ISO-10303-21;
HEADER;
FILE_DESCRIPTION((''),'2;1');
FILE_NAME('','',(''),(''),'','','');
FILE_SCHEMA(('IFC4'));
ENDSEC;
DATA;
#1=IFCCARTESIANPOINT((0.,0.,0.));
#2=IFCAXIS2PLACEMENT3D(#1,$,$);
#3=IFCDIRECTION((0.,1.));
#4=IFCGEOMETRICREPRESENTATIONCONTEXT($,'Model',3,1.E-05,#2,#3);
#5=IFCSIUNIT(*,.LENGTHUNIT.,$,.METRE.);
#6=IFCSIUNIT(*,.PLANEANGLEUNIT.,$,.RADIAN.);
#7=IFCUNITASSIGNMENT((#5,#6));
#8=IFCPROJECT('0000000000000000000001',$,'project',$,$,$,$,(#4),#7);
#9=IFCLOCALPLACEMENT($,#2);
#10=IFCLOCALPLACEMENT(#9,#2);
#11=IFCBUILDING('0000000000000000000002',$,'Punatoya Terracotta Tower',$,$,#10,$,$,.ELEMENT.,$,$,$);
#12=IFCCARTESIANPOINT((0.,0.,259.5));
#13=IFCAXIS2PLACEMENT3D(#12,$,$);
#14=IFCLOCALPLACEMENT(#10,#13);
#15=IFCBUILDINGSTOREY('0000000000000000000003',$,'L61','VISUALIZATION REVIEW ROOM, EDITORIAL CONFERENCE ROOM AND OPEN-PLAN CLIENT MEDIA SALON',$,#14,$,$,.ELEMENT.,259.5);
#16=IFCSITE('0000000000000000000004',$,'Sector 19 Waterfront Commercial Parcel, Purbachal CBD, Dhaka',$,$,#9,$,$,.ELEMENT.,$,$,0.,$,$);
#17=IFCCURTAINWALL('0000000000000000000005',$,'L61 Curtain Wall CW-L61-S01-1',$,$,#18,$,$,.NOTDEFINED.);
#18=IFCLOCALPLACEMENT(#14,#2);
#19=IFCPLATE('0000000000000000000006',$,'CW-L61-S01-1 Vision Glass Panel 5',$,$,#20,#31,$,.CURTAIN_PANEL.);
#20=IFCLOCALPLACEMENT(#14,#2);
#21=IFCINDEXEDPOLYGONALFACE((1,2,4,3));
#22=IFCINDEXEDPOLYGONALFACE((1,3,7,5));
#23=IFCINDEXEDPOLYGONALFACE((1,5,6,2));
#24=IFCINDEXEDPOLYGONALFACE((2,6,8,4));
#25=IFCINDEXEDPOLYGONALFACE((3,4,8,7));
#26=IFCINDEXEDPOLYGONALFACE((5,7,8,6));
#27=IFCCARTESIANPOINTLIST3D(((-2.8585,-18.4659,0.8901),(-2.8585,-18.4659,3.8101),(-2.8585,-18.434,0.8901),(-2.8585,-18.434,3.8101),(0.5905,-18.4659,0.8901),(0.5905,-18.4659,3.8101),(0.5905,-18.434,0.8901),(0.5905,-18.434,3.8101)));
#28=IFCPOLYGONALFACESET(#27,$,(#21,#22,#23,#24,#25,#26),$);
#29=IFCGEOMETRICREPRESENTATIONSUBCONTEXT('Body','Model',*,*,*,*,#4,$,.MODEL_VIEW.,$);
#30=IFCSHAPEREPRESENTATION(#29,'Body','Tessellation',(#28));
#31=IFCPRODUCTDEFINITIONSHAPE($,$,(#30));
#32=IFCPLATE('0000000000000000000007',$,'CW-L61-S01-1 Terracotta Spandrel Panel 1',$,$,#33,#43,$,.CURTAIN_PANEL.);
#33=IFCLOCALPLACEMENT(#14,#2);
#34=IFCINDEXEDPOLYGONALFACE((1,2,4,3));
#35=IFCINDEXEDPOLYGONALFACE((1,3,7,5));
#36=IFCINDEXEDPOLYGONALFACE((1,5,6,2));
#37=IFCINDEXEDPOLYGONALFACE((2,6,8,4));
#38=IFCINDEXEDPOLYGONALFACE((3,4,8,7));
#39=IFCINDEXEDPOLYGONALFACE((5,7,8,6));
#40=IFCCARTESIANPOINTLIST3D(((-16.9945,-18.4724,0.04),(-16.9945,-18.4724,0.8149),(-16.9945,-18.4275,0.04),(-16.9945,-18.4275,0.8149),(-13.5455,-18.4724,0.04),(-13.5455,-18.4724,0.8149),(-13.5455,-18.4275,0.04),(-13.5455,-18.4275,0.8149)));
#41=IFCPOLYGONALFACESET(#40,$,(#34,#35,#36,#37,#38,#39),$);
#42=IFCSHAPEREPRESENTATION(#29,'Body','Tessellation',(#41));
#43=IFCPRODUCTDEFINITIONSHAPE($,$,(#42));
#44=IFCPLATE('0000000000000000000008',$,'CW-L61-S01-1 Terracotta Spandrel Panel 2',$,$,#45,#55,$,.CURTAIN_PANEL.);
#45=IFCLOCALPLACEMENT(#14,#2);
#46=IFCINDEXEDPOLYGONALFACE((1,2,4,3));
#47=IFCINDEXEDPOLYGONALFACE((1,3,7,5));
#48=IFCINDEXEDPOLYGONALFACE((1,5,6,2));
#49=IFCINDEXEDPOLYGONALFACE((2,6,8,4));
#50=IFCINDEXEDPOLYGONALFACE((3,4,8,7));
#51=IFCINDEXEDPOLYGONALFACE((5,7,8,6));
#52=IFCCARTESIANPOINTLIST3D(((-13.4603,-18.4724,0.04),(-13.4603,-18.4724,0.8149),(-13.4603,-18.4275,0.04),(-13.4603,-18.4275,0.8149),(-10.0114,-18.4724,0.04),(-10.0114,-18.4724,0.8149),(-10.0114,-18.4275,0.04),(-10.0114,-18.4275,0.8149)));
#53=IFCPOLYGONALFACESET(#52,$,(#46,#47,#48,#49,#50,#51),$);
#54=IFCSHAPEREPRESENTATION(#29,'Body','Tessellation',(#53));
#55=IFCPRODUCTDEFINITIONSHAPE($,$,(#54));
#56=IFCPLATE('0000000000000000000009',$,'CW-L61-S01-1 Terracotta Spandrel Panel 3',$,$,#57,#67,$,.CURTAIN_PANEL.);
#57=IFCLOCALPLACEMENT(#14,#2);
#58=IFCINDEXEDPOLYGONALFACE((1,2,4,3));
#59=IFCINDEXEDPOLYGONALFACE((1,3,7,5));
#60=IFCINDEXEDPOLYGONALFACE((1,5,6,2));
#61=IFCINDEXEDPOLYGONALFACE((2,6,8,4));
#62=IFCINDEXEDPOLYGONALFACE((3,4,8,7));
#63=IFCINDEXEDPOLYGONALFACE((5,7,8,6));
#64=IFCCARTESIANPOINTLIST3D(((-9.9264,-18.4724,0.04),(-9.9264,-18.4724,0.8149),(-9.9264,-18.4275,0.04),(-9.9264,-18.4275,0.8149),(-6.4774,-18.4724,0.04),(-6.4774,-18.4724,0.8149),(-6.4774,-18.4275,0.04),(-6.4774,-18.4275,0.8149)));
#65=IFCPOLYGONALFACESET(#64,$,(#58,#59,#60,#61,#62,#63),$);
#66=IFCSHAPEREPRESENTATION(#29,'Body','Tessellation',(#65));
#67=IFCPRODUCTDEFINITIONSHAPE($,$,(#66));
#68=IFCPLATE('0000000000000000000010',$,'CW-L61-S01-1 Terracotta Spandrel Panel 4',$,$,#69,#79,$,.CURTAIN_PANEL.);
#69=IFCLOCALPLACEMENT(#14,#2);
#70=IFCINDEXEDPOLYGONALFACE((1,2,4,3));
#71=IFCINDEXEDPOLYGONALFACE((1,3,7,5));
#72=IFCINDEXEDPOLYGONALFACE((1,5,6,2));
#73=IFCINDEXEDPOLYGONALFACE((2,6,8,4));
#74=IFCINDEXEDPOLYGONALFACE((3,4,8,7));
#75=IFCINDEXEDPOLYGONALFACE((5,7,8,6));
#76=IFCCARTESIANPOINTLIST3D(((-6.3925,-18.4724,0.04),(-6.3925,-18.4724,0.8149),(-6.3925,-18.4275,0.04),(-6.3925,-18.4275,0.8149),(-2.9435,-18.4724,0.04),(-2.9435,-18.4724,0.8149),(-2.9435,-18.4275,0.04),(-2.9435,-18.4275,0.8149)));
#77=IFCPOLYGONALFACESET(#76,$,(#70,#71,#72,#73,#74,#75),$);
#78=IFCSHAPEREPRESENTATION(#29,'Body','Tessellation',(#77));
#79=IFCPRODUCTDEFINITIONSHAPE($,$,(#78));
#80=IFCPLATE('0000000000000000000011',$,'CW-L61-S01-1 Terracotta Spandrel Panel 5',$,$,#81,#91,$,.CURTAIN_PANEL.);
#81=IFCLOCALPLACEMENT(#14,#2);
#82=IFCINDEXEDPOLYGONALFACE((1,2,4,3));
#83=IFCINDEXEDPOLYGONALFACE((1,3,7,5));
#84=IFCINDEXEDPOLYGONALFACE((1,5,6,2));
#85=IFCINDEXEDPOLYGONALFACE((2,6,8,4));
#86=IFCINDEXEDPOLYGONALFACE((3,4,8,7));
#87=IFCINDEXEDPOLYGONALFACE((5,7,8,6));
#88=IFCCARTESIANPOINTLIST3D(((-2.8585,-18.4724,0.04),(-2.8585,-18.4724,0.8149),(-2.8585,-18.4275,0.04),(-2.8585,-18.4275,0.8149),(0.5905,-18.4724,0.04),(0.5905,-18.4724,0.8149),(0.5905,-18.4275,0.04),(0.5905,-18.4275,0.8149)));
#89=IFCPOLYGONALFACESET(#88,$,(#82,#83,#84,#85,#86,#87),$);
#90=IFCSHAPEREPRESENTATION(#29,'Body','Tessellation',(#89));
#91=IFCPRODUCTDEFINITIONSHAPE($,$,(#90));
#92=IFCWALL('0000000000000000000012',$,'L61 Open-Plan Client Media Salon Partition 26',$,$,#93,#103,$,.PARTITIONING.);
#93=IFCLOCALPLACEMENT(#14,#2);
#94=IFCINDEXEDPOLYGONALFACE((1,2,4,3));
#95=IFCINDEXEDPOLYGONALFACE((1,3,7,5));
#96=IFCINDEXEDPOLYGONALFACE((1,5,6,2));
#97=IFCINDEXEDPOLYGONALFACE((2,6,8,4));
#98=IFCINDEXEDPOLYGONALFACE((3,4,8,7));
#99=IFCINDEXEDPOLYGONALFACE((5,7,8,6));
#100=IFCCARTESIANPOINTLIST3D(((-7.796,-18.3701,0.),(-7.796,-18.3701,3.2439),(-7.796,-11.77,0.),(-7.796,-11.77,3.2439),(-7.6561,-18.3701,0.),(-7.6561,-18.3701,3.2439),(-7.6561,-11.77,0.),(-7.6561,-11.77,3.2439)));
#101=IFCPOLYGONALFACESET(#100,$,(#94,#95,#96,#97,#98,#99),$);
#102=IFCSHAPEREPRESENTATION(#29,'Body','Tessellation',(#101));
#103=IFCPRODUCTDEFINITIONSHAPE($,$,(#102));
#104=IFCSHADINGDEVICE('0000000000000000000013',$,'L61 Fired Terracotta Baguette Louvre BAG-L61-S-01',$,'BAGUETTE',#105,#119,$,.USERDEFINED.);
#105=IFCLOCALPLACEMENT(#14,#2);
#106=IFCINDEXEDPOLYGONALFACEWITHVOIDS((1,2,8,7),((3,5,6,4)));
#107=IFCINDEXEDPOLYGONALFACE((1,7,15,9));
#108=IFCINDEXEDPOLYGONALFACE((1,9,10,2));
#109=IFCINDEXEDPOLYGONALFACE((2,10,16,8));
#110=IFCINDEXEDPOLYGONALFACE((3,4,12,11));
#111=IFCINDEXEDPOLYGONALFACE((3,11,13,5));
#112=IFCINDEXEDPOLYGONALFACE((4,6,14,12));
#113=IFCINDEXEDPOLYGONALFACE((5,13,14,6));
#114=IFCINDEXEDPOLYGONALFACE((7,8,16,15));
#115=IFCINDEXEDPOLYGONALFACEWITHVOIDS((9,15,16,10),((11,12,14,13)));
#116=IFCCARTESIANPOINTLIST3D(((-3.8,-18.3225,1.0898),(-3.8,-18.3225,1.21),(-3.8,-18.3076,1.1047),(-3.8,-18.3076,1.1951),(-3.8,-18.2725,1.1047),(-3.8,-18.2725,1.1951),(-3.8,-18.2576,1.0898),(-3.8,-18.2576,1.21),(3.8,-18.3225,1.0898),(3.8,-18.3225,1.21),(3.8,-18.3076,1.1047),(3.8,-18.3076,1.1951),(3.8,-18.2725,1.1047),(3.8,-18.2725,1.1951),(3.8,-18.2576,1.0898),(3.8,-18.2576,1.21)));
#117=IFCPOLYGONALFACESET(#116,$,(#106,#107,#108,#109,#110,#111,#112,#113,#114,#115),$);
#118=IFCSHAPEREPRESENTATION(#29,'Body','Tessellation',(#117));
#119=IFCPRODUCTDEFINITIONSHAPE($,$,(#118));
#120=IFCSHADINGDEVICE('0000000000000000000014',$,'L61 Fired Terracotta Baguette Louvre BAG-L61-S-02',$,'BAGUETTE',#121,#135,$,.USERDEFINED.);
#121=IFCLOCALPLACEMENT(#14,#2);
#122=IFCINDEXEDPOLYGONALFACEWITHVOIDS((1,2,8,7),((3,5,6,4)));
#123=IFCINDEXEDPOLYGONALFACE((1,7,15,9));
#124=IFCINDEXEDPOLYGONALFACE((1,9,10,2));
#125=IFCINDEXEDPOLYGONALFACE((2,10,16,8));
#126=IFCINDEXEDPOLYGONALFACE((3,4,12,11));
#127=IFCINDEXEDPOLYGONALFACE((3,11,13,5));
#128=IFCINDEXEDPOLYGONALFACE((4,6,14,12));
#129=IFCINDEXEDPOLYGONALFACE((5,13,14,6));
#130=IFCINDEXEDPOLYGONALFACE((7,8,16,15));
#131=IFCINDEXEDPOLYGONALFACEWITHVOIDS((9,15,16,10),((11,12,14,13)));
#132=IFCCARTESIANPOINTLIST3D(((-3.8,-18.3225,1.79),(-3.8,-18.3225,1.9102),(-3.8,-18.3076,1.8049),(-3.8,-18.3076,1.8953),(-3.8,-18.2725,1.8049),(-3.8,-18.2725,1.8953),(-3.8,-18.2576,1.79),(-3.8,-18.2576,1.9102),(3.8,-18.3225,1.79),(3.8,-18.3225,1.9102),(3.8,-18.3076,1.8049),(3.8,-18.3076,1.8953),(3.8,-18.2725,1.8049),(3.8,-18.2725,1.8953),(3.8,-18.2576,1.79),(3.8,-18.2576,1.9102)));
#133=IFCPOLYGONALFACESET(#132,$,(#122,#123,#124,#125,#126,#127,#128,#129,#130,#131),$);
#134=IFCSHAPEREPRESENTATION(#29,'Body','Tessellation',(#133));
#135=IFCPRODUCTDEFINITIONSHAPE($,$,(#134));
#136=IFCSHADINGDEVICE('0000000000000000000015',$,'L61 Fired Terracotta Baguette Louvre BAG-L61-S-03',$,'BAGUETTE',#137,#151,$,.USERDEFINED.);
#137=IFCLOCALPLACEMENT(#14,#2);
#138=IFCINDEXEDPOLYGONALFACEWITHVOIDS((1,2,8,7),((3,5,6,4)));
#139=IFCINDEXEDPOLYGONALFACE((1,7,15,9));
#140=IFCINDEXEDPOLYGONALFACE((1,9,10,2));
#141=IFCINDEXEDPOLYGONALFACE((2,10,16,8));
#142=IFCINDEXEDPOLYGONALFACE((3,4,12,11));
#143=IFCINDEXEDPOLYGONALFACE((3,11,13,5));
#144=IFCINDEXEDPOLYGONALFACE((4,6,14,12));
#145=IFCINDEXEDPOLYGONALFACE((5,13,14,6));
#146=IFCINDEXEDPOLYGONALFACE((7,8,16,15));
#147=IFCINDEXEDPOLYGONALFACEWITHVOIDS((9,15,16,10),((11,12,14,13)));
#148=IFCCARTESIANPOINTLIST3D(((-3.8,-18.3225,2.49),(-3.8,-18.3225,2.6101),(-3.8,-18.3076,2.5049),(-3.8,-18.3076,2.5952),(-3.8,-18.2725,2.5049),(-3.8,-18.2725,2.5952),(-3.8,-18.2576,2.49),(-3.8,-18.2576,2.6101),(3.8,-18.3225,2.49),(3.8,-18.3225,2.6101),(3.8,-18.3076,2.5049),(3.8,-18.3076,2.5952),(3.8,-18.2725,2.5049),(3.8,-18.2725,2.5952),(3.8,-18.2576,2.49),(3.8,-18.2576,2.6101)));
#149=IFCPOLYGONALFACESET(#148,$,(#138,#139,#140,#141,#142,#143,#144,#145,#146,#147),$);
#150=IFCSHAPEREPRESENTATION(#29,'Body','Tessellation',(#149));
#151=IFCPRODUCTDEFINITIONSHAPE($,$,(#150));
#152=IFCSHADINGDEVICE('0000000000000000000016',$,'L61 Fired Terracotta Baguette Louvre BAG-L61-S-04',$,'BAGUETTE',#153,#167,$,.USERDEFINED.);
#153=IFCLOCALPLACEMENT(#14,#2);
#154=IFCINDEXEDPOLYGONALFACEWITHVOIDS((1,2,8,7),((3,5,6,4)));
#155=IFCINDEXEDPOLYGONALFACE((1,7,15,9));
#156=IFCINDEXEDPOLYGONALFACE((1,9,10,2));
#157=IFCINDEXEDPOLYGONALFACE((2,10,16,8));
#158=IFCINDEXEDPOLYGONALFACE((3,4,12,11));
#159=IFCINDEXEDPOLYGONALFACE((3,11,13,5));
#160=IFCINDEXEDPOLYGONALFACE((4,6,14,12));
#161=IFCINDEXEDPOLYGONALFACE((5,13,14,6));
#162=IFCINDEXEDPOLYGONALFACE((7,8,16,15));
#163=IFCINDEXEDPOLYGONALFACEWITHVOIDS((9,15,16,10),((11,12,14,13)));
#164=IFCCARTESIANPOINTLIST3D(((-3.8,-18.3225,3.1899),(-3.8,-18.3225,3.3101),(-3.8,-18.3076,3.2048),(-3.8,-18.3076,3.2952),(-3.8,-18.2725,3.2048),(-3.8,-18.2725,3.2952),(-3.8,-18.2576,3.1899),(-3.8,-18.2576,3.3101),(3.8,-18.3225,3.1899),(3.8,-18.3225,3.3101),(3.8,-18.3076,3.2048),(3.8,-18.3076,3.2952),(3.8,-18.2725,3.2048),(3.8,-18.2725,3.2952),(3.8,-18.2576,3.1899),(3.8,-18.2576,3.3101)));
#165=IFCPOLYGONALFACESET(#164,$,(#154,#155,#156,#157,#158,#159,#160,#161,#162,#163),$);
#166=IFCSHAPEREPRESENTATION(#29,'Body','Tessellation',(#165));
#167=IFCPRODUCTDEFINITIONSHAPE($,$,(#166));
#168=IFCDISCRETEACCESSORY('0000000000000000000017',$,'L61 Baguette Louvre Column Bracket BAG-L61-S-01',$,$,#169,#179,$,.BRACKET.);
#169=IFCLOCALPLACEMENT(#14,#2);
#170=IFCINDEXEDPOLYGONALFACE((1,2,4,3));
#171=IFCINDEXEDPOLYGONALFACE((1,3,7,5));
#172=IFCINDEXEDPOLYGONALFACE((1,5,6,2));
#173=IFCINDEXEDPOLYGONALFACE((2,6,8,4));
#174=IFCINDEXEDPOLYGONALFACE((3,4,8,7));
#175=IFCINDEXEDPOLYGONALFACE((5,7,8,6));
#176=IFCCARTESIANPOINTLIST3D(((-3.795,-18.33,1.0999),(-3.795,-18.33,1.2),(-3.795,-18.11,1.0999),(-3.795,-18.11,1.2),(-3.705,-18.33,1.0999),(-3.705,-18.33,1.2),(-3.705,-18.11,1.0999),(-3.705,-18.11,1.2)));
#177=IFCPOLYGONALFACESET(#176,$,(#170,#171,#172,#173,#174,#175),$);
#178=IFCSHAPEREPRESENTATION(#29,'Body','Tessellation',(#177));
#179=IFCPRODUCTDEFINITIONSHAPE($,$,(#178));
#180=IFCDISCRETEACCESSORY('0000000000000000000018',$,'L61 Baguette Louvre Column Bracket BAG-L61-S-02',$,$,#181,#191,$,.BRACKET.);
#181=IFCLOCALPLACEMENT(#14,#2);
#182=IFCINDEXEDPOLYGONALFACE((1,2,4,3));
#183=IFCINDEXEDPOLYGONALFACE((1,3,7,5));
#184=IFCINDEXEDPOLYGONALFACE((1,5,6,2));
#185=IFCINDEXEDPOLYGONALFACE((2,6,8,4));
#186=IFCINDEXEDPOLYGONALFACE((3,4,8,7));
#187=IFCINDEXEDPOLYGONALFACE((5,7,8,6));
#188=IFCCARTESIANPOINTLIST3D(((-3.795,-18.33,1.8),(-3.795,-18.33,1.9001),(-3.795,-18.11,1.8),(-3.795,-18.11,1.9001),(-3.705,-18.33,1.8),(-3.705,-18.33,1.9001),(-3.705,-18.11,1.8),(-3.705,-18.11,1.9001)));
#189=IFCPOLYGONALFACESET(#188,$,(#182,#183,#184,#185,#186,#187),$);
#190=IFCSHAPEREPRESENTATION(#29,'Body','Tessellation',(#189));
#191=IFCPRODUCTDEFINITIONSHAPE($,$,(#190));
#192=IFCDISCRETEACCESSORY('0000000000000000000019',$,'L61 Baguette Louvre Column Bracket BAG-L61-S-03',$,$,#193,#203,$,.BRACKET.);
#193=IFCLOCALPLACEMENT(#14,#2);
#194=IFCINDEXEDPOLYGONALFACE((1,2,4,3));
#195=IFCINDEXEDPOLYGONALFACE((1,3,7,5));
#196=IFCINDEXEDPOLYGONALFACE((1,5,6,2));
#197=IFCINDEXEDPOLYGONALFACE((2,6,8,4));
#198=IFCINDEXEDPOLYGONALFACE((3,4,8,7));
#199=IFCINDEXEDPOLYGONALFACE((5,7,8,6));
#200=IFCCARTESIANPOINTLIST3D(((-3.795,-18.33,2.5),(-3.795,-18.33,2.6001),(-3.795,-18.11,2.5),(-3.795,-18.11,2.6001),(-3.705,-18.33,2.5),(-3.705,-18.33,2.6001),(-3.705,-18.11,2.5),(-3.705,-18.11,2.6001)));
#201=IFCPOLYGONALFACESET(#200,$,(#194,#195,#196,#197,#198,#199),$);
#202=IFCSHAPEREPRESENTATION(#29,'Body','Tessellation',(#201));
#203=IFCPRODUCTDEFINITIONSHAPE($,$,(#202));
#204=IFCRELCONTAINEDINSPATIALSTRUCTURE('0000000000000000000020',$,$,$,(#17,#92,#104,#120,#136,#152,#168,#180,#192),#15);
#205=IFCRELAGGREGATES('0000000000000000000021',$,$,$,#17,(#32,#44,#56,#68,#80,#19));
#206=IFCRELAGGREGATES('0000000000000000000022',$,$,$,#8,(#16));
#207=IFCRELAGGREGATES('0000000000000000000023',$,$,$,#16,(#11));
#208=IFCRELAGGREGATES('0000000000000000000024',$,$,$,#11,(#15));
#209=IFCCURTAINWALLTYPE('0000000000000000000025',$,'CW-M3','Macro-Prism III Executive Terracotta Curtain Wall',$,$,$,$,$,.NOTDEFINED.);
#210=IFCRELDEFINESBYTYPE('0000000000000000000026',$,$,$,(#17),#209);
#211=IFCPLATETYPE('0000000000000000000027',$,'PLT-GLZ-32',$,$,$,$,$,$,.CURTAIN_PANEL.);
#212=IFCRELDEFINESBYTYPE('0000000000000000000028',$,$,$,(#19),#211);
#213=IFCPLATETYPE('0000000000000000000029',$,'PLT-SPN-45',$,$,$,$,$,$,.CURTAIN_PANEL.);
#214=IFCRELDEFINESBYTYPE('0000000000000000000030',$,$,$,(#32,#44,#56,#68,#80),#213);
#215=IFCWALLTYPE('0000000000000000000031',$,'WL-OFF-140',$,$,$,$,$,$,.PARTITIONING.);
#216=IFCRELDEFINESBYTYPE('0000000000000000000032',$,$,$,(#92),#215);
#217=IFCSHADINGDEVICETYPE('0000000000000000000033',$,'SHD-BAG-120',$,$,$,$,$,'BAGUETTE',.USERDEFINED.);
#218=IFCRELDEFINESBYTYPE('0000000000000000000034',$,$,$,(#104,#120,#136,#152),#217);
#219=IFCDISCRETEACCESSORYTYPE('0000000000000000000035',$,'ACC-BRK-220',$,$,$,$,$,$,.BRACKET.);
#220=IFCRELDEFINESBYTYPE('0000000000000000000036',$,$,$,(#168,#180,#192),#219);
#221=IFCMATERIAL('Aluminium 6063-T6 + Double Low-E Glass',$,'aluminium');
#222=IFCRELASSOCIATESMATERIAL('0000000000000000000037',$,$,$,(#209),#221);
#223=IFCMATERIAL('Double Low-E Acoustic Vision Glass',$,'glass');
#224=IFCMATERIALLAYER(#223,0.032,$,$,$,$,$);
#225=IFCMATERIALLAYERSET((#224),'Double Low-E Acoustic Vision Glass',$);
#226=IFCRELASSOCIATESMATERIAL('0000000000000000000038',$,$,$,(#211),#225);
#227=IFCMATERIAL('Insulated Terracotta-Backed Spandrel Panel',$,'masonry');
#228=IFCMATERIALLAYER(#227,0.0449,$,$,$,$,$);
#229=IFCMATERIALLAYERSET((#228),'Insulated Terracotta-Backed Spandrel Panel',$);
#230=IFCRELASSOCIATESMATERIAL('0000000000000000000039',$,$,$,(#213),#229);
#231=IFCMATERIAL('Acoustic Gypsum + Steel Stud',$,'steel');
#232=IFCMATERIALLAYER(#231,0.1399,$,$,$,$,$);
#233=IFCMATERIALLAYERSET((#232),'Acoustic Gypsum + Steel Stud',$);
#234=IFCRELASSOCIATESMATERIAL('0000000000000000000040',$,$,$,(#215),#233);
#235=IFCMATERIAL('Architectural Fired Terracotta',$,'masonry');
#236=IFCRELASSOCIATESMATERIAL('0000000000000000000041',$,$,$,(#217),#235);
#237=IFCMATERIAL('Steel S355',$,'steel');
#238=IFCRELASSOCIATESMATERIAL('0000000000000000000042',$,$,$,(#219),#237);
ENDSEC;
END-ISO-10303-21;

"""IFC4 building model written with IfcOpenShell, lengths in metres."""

from ifc_helpers import new_model, si_unit, direction, frame, frame_2d, origin, origin_2d, place, context, subcontext, project, spatial, rectangle, hollow_rectangle, extrude, material, layer, layer_set, material_profile, profile_set, type_object, element, aggregate, save


model = new_model("IFC4")

# Units and contexts
model_context = context("Model", 3, precision=1e-05, world=origin(), true_north=direction((0.0, 1.0)))
body_context = subcontext(model_context, "Body", "Model", "MODEL_VIEW")
ifc_project = project(units=[si_unit("LENGTHUNIT", "METRE"), si_unit("PLANEANGLEUNIT", "RADIAN")], contexts=[model_context])

# Site, building, storey
site_placement = place(None, origin())
site = spatial("IfcSite", under=ifc_project, at=site_placement, Name="Sector 19 Waterfront Commercial Parcel, Purbachal CBD, Dhaka", CompositionType="ELEMENT", RefElevation=0.0)
building_placement = place(site_placement, origin())
building = spatial("IfcBuilding", under=site, at=building_placement, Name="Punatoya Terracotta Tower", CompositionType="ELEMENT")
storey_placement = place(building_placement, frame((0.0, 0.0, 259.5)))
storey = spatial("IfcBuildingStorey", under=building, at=storey_placement, Name="L61", Description="VISUALIZATION REVIEW ROOM, EDITORIAL CONFERENCE ROOM AND OPEN-PLAN CLIENT MEDIA SALON", CompositionType="ELEMENT", Elevation=259.5)

# Curtain wall, plates
ifc_material_1 = material(Name="Aluminium 6063-T6 + Double Low-E Glass", Category="aluminium")
curtain_wall_type = type_object("IfcCurtainWallType", Name="CW-M3", Description="Macro-Prism III Executive Terracotta Curtain Wall", PredefinedType="NOTDEFINED", material=ifc_material_1)
curtain_wall_placement = place(storey_placement, origin())
curtain_wall = element("IfcCurtainWall", 1, at=curtain_wall_placement, inside=storey, type_object=curtain_wall_type, Name="L61 Curtain Wall CW-L61-S01-1", PredefinedType="NOTDEFINED")
ifc_material_2 = material(Name="Double Low-E Acoustic Vision Glass", Category="glass")
ifc_layer_1 = layer(ifc_material_2, 0.032)
ifc_layer_set_1 = layer_set([ifc_layer_1], Name="Double Low-E Acoustic Vision Glass")
plate_type_1 = type_object("IfcPlateType", Name="PLT-GLZ-32", PredefinedType="CURTAIN_PANEL", material=ifc_layer_set_1)
plate_1_placement = place(storey_placement, frame((-1.134, -18.45, 0.8901), z_axis=(0.0, 0.0, 1.0), x_axis=(1.0, 0.0, 0.0)))
plate_1 = element("IfcPlate", 2, at=plate_1_placement, type_object=plate_type_1, Name="CW-L61-S01-1 Vision Glass Panel 5", PredefinedType="CURTAIN_PANEL", context=body_context, shape_type="SweptSolid", body=[
    extrude(rectangle(XDim=3.449, YDim=0.032, at=origin_2d()), origin(), (0.0, 0.0, 1.0), 2.9199),
])
ifc_material_3 = material(Name="Insulated Terracotta-Backed Spandrel Panel", Category="masonry")
ifc_layer_2 = layer(ifc_material_3, 0.0449)
ifc_layer_set_2 = layer_set([ifc_layer_2], Name="Insulated Terracotta-Backed Spandrel Panel")
plate_type_2 = type_object("IfcPlateType", Name="PLT-SPN-45", PredefinedType="CURTAIN_PANEL", material=ifc_layer_set_2)
plate_2_placement = place(storey_placement, frame((-15.27, -18.45, 0.04), z_axis=(0.0, 0.0, 1.0), x_axis=(1.0, 0.0, 0.0)))
plate_2 = element("IfcPlate", 3, at=plate_2_placement, type_object=plate_type_2, Name="CW-L61-S01-1 Terracotta Spandrel Panel 1", PredefinedType="CURTAIN_PANEL", context=body_context, shape_type="SweptSolid", body=[
    extrude(rectangle(XDim=3.449, YDim=0.0449, at=origin_2d()), origin(), (0.0, 0.0, 1.0), 0.7749),
])
plate_3_placement = place(storey_placement, frame((-11.7358, -18.45, 0.04), z_axis=(0.0, 0.0, 1.0), x_axis=(1.0, 0.0, 0.0)))
plate_3 = element("IfcPlate", 4, at=plate_3_placement, type_object=plate_type_2, Name="CW-L61-S01-1 Terracotta Spandrel Panel 2", PredefinedType="CURTAIN_PANEL", context=body_context, shape_type="SweptSolid", body=[
    extrude(rectangle(XDim=3.449, YDim=0.0449, at=origin_2d()), origin(), (0.0, 0.0, 1.0), 0.7749),
])
plate_4_placement = place(storey_placement, frame((-8.2019, -18.45, 0.04), z_axis=(0.0, 0.0, 1.0), x_axis=(1.0, 0.0, 0.0)))
plate_4 = element("IfcPlate", 5, at=plate_4_placement, type_object=plate_type_2, Name="CW-L61-S01-1 Terracotta Spandrel Panel 3", PredefinedType="CURTAIN_PANEL", context=body_context, shape_type="SweptSolid", body=[
    extrude(rectangle(XDim=3.449, YDim=0.0449, at=origin_2d()), origin(), (0.0, 0.0, 1.0), 0.7749),
])
plate_5_placement = place(storey_placement, frame((-4.668, -18.45, 0.04), z_axis=(0.0, 0.0, 1.0), x_axis=(1.0, 0.0, 0.0)))
plate_5 = element("IfcPlate", 6, at=plate_5_placement, type_object=plate_type_2, Name="CW-L61-S01-1 Terracotta Spandrel Panel 4", PredefinedType="CURTAIN_PANEL", context=body_context, shape_type="SweptSolid", body=[
    extrude(rectangle(XDim=3.449, YDim=0.0449, at=origin_2d()), origin(), (0.0, 0.0, 1.0), 0.7749),
])
plate_6_placement = place(storey_placement, frame((-1.134, -18.45, 0.04), z_axis=(0.0, 0.0, 1.0), x_axis=(1.0, 0.0, 0.0)))
plate_6 = element("IfcPlate", 7, at=plate_6_placement, type_object=plate_type_2, Name="CW-L61-S01-1 Terracotta Spandrel Panel 5", PredefinedType="CURTAIN_PANEL", context=body_context, shape_type="SweptSolid", body=[
    extrude(rectangle(XDim=3.449, YDim=0.0449, at=origin_2d()), origin(), (0.0, 0.0, 1.0), 0.7749),
])
aggregate(curtain_wall, [plate_2, plate_3, plate_4, plate_5, plate_6, plate_1])

# Wall
ifc_material_4 = material(Name="Acoustic Gypsum + Steel Stud", Category="steel")
ifc_layer_3 = layer(ifc_material_4, 0.1399)
ifc_layer_set_3 = layer_set([ifc_layer_3], Name="Acoustic Gypsum + Steel Stud")
wall_type = type_object("IfcWallType", Name="WL-OFF-140", PredefinedType="PARTITIONING", material=ifc_layer_set_3)
wall_placement = place(storey_placement, frame((-7.7261, -18.3701, 0.0), z_axis=(0.0, 0.0, 1.0), x_axis=(0.0, 1.0, 0.0)))
element("IfcWall", 8, at=wall_placement, inside=storey, type_object=wall_type, Name="L61 Open-Plan Client Media Salon Partition 26", PredefinedType="PARTITIONING", context=body_context, shape_type="SweptSolid", body=[
    extrude(rectangle(XDim=6.6001, YDim=0.1399, at=frame_2d((3.3, 0.0))), origin(), (0.0, 0.0, 1.0), 3.2439),
])

# Shading devices
ifc_material_5 = material(Name="Architectural Fired Terracotta", Category="masonry")
ifc_material_profile_1 = material_profile(ifc_material_5, hollow_rectangle(XDim=0.0649, YDim=0.1201, WallThickness=0.0149, at=origin_2d()))
ifc_profile_set_1 = profile_set([ifc_material_profile_1], Name="Architectural Fired Terracotta")
shading_device_type = type_object("IfcShadingDeviceType", Name="SHD-BAG-120", ElementType="BAGUETTE", PredefinedType="USERDEFINED", material=ifc_profile_set_1)
for number, where, z_axis, x_axis, name in (
    (9, (-3.8, -18.29, 1.1499), (1.0, 0.0, 0.0), (0.0, 1.0, 0.0), "L61 Fired Terracotta Baguette Louvre BAG-L61-S-01"),
    (10, (-3.8, -18.29, 1.8501), (1.0, 0.0, 0.0), (0.0, 1.0, 0.0), "L61 Fired Terracotta Baguette Louvre BAG-L61-S-02"),
    (11, (-3.8, -18.29, 2.55), (1.0, 0.0, 0.0), (0.0, 1.0, 0.0), "L61 Fired Terracotta Baguette Louvre BAG-L61-S-03"),
    (12, (-3.8, -18.29, 3.25), (1.0, 0.0, 0.0), (0.0, 1.0, 0.0), "L61 Fired Terracotta Baguette Louvre BAG-L61-S-04"),
):
    element("IfcShadingDevice", number, at=place(storey_placement, frame(where, z_axis=z_axis, x_axis=x_axis)), inside=storey, type_object=shading_device_type, Name=name, ObjectType="BAGUETTE", PredefinedType="USERDEFINED", context=body_context, shape_type="SweptSolid", body=[
        extrude(hollow_rectangle(XDim=0.0649, YDim=0.1201, WallThickness=0.0149, at=origin_2d()), origin(), (0.0, 0.0, 1.0), 7.6001),
    ])

# Discrete accessories
ifc_material_6 = material(Name="Steel S355", Category="steel")
discrete_accessory_type = type_object("IfcDiscreteAccessoryType", Name="ACC-BRK-220", PredefinedType="BRACKET", material=ifc_material_6)
for number, where, z_axis, x_axis, name in (
    (13, (-3.75, -18.22, 1.0999), (0.0, 0.0, 1.0), (1.0, 0.0, 0.0), "L61 Baguette Louvre Column Bracket BAG-L61-S-01"),
    (14, (-3.75, -18.22, 1.8), (0.0, 0.0, 1.0), (1.0, 0.0, 0.0), "L61 Baguette Louvre Column Bracket BAG-L61-S-02"),
    (15, (-3.75, -18.22, 2.5), (0.0, 0.0, 1.0), (1.0, 0.0, 0.0), "L61 Baguette Louvre Column Bracket BAG-L61-S-03"),
):
    element("IfcDiscreteAccessory", number, at=place(storey_placement, frame(where, z_axis=z_axis, x_axis=x_axis)), inside=storey, type_object=discrete_accessory_type, Name=name, PredefinedType="BRACKET", context=body_context, shape_type="SweptSolid", body=[
        extrude(rectangle(XDim=0.0901, YDim=0.22, at=origin_2d()), origin(), (0.0, 0.0, 1.0), 0.1001),
    ])

save(model, "model.ifc")
